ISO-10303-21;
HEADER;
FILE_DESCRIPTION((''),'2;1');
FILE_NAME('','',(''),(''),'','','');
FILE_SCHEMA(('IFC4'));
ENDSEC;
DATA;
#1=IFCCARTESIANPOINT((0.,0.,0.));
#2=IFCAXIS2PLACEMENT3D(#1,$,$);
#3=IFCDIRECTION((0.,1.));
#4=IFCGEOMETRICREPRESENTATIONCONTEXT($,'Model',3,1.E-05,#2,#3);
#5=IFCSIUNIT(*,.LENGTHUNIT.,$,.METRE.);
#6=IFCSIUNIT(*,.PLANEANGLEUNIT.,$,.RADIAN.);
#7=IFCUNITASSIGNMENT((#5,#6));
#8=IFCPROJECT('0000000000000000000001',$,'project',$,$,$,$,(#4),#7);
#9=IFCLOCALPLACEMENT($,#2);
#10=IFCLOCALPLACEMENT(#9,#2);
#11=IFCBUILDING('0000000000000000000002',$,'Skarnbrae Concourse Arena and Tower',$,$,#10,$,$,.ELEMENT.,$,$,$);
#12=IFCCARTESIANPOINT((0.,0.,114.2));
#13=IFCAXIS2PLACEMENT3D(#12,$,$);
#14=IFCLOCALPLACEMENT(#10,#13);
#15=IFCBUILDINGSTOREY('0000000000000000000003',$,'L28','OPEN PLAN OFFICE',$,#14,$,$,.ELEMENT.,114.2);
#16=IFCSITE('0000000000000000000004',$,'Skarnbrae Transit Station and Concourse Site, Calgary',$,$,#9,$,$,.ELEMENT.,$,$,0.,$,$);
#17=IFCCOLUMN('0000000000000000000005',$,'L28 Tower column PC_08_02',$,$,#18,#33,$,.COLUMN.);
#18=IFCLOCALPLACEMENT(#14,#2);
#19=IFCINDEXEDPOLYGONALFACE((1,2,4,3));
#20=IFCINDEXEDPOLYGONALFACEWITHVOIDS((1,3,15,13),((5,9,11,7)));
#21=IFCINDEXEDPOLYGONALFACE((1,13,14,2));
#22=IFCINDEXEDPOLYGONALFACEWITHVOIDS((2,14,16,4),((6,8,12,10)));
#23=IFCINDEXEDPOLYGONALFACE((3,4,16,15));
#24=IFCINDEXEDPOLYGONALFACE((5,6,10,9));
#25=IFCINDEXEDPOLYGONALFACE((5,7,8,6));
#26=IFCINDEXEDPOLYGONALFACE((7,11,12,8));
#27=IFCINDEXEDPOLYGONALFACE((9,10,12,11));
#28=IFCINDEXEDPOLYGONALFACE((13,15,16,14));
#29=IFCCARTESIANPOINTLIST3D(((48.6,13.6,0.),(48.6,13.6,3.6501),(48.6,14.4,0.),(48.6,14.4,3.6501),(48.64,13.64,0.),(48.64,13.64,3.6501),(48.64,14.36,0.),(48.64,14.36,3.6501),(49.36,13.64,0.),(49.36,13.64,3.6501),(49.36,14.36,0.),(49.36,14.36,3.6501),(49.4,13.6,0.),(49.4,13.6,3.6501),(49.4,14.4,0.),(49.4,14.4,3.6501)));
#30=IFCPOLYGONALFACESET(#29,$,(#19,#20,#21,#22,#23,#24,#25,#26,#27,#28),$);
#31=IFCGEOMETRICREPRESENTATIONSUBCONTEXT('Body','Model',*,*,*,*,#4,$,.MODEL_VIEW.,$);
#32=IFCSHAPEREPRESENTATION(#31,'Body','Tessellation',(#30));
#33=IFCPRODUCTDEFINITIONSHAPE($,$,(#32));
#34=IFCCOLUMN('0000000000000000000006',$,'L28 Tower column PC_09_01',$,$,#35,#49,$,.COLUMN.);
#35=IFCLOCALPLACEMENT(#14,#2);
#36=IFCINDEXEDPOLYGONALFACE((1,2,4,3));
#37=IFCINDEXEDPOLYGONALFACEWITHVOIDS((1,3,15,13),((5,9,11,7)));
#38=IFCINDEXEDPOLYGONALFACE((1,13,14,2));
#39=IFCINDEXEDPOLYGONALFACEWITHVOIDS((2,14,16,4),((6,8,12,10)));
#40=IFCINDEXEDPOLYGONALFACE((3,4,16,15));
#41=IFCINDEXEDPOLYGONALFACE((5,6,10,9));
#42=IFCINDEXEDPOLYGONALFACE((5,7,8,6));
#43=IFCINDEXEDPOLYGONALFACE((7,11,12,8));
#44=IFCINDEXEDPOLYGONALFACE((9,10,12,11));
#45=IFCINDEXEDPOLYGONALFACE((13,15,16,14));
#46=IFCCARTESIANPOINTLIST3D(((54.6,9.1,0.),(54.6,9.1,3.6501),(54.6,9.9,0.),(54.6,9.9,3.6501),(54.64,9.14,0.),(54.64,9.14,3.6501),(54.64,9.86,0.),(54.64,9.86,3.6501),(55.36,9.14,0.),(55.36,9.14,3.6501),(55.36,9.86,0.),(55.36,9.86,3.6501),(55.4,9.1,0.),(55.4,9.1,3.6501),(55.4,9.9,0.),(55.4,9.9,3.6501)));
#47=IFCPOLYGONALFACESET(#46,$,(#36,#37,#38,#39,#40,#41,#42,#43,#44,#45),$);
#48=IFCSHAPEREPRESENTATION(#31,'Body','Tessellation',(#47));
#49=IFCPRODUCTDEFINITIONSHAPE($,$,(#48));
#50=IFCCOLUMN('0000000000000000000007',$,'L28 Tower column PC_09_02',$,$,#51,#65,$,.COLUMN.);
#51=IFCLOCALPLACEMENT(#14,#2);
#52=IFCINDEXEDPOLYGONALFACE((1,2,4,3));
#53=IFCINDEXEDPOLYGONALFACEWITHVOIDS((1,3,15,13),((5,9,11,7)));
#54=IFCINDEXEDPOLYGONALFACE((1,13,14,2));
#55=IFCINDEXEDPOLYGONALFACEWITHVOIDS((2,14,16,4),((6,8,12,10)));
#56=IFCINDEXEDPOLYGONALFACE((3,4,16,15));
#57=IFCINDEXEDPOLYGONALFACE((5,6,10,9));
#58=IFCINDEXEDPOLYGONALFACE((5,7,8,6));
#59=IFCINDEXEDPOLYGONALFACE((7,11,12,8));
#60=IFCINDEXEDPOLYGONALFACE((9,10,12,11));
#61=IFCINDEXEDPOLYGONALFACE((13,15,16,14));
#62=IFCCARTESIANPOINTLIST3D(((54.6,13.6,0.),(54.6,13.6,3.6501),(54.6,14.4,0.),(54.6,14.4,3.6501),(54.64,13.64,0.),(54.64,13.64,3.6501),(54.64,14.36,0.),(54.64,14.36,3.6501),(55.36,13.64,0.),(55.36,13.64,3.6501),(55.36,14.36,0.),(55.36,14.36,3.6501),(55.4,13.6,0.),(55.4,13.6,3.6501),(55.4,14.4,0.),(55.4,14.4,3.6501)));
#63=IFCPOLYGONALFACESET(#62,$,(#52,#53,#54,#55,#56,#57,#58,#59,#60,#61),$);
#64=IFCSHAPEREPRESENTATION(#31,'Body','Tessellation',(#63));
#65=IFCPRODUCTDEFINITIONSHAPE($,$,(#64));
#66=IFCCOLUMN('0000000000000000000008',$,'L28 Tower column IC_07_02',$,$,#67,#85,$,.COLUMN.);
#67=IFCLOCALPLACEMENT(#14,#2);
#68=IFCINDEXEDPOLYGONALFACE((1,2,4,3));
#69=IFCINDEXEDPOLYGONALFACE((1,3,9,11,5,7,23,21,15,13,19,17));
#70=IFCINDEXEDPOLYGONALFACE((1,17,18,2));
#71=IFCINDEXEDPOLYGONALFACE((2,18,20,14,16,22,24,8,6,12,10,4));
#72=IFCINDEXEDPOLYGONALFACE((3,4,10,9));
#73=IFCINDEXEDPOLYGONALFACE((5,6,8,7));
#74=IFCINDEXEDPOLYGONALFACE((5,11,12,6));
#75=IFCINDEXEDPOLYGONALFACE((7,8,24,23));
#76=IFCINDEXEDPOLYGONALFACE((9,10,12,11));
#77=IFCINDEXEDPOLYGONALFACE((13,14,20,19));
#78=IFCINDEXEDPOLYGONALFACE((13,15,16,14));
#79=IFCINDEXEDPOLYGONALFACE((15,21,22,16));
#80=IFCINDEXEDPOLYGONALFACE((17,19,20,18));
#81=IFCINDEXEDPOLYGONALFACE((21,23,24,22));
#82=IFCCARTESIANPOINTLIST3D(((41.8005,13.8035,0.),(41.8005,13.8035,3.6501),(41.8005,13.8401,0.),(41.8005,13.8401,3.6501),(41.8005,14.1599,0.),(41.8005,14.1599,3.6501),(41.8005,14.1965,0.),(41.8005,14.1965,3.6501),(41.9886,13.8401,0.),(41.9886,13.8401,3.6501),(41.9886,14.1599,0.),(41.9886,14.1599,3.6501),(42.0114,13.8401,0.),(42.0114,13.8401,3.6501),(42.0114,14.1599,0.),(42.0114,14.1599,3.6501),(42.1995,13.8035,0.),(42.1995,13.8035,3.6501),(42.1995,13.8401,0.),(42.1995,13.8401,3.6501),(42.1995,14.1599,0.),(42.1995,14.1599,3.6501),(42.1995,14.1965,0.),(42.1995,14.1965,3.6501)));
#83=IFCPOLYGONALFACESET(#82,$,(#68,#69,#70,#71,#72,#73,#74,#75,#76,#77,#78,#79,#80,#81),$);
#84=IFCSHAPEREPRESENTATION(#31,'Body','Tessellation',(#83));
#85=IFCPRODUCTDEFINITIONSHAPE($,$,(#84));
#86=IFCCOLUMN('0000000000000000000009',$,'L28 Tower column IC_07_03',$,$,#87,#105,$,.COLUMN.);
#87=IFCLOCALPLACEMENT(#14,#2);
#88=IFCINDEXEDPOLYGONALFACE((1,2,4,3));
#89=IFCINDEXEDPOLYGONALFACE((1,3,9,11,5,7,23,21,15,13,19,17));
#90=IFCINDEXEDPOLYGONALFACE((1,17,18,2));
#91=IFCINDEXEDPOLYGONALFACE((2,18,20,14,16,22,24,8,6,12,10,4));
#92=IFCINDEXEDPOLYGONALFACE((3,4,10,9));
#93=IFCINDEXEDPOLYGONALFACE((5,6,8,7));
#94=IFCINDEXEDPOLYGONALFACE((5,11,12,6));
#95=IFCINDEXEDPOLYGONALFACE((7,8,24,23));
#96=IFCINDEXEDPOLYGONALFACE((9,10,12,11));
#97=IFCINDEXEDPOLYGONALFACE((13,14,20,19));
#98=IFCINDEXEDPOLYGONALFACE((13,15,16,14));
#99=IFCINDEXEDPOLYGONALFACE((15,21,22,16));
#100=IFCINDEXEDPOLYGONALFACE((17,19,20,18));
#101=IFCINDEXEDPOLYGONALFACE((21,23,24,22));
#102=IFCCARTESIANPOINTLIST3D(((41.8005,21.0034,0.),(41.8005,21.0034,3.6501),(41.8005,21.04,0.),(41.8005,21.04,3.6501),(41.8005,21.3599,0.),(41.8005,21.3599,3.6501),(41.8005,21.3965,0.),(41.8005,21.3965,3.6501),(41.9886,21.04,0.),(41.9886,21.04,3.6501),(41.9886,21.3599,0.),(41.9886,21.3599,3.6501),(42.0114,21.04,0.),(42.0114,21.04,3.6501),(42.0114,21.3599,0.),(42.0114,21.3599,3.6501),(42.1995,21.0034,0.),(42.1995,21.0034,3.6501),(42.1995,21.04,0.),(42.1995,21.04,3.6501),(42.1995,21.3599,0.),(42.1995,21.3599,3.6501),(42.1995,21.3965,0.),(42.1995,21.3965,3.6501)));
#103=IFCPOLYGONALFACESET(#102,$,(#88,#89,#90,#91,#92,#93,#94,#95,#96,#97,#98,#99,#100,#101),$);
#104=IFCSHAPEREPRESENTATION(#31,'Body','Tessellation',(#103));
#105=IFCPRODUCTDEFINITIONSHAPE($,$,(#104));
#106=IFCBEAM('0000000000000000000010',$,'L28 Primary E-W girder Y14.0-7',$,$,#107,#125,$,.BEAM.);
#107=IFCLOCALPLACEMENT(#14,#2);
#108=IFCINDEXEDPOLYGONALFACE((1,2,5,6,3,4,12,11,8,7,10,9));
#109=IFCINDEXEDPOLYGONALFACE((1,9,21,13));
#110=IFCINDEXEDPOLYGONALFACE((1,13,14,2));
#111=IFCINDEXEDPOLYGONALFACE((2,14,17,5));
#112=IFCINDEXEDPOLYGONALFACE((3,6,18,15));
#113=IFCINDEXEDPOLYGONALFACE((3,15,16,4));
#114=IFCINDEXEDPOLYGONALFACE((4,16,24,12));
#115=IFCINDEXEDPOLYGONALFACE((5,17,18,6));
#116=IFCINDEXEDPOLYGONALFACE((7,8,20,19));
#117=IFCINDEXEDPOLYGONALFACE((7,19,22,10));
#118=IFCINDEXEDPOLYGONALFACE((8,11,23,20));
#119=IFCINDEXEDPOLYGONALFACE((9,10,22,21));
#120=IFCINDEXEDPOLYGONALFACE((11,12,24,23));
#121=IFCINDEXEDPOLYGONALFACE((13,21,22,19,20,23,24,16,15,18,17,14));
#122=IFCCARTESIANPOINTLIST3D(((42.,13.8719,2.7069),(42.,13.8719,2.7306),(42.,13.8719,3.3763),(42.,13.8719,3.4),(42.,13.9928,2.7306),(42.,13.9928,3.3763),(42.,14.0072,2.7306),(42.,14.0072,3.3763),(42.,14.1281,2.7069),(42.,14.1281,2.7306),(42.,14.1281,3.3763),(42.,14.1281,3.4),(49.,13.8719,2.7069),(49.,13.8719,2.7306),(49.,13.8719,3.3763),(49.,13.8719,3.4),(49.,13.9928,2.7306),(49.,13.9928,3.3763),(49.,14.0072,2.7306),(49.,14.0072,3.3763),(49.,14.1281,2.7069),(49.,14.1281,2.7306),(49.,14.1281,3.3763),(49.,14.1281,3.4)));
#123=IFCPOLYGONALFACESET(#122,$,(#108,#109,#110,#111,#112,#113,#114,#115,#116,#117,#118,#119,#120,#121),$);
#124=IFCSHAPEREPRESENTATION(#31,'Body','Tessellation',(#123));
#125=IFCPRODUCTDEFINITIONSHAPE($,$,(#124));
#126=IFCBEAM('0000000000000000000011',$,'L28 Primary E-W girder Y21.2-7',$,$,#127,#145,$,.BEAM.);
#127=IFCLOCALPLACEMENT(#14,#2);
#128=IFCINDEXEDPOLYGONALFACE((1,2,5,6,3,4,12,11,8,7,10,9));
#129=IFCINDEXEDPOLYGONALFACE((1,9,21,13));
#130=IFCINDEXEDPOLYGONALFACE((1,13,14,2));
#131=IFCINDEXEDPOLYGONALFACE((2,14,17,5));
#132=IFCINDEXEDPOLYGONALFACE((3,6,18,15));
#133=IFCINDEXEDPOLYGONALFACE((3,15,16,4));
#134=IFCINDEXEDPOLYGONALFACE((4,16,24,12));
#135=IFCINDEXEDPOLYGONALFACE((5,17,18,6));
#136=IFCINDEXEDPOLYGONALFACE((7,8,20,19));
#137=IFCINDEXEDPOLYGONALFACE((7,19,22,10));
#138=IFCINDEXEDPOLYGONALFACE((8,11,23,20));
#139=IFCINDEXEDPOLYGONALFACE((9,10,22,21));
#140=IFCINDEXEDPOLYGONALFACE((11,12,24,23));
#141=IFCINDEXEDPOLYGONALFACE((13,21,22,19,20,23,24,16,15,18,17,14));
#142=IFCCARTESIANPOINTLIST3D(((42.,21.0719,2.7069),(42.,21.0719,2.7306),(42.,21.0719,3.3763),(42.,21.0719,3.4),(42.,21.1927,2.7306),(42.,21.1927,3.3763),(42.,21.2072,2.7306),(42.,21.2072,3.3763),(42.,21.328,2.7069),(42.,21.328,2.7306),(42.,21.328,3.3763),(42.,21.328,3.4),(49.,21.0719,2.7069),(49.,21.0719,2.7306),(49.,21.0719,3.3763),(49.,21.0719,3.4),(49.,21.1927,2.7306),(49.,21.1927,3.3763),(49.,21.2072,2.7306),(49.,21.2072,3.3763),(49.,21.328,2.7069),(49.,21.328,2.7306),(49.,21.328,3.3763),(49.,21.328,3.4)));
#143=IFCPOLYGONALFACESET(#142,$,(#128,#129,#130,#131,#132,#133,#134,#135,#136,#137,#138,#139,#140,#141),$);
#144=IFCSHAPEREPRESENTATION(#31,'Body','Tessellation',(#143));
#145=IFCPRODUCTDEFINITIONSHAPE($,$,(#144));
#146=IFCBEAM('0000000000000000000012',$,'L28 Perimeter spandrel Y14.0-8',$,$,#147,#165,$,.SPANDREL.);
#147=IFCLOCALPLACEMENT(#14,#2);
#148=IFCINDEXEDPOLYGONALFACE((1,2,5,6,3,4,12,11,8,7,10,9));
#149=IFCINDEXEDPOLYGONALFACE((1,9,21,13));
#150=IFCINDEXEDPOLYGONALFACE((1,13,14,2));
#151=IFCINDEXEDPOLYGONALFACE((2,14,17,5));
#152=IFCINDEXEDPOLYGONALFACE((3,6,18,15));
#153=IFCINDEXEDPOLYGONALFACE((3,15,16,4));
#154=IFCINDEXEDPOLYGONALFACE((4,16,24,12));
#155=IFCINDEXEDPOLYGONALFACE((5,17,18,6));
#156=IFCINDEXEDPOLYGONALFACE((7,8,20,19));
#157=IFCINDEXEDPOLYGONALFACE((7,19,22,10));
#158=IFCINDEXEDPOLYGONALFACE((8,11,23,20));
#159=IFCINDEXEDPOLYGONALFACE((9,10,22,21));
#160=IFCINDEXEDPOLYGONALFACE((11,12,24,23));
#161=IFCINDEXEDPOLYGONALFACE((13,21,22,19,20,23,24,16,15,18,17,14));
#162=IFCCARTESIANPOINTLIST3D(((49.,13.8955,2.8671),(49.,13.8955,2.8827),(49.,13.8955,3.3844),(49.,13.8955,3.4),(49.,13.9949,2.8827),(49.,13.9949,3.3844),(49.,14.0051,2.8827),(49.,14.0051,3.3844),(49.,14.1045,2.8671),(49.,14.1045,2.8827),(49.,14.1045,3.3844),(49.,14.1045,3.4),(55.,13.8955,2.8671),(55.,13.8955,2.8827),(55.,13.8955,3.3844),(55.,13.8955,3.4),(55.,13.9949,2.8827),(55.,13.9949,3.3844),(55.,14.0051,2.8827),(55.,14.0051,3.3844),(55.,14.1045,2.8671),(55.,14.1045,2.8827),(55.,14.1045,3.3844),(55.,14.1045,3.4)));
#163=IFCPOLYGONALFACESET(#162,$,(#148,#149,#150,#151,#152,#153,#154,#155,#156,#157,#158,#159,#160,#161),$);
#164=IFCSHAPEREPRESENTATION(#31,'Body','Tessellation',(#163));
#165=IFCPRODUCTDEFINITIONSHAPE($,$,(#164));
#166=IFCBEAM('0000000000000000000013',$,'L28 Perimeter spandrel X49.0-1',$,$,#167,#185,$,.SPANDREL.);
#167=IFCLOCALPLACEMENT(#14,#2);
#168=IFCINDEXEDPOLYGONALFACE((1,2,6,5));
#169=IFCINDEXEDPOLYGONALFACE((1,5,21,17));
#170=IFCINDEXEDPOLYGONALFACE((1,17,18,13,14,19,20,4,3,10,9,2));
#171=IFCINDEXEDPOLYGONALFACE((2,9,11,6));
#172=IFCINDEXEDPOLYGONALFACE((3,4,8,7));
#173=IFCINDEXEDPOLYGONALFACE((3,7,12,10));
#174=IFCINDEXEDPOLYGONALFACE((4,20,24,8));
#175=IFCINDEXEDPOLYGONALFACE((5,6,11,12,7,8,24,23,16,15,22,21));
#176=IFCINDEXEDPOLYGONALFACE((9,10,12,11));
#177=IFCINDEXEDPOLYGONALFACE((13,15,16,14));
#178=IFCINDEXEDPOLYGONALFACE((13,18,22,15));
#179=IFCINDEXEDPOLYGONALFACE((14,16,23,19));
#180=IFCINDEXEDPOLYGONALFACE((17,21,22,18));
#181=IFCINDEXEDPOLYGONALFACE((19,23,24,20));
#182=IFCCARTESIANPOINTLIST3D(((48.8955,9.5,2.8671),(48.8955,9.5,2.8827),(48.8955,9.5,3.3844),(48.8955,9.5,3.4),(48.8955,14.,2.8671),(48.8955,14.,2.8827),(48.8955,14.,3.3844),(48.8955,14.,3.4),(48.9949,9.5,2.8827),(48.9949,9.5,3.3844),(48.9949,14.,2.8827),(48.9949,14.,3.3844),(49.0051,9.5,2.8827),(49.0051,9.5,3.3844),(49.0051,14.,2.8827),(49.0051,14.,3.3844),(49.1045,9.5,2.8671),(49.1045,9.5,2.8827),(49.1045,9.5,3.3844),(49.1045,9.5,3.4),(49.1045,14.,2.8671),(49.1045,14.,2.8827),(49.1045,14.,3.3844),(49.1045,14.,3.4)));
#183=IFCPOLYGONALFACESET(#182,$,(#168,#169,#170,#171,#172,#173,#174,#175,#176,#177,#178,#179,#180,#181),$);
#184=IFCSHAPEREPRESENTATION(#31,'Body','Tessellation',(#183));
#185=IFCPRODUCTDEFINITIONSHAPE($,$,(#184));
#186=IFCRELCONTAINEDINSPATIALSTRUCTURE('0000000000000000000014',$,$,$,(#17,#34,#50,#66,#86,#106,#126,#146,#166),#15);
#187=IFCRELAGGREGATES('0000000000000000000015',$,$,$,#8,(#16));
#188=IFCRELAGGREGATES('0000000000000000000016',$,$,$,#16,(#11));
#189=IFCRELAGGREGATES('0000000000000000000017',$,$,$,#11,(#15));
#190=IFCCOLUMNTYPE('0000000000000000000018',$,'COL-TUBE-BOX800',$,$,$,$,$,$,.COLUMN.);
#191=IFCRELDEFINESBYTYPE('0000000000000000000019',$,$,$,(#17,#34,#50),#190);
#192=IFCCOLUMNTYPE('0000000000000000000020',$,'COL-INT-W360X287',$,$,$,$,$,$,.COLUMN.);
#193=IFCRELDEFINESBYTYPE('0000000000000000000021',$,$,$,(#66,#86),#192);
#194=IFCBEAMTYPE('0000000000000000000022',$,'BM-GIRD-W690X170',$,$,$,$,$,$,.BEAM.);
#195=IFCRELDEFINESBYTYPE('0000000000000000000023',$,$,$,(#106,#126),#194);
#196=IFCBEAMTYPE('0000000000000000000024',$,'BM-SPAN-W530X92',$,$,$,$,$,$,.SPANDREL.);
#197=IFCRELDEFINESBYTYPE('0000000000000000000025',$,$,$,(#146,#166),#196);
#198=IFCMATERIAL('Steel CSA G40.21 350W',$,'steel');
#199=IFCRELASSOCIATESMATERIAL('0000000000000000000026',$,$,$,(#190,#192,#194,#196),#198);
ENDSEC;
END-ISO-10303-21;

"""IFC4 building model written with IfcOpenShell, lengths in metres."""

from ifc_helpers import new_model, si_unit, direction, frame, origin, origin_2d, place, context, subcontext, project, spatial, hollow_rectangle, i_section, extrude, source, transform, mapped, material, material_profile, profile_set, type_object, element, save


model = new_model("IFC4")

# Units and contexts
model_context = context("Model", 3, precision=1e-05, world=origin(), true_north=direction((0.0, 1.0)))
body_context = subcontext(model_context, "Body", "Model", "MODEL_VIEW")
ifc_project = project(units=[si_unit("LENGTHUNIT", "METRE"), si_unit("PLANEANGLEUNIT", "RADIAN")], contexts=[model_context])

# Site, building, storey
site_placement = place(None, origin())
site = spatial("IfcSite", under=ifc_project, at=site_placement, Name="Skarnbrae Transit Station and Concourse Site, Calgary", CompositionType="ELEMENT", RefElevation=0.0)
building_placement = place(site_placement, origin())
building = spatial("IfcBuilding", under=site, at=building_placement, Name="Skarnbrae Concourse Arena and Tower", CompositionType="ELEMENT")
storey_placement = place(building_placement, frame((0.0, 0.0, 114.2)))
storey = spatial("IfcBuildingStorey", under=building, at=storey_placement, Name="L28", Description="OPEN PLAN OFFICE", CompositionType="ELEMENT", Elevation=114.2)

# Columns
ifc_material_1 = material(Name="Steel CSA G40.21 350W", Category="steel")
ifc_material_profile_1 = material_profile(ifc_material_1, hollow_rectangle(XDim=0.8, YDim=0.8, WallThickness=0.04, at=origin_2d()), Name="BOX800X800X40")
ifc_profile_set_1 = profile_set([ifc_material_profile_1], Name="Steel CSA G40.21 350W")
column_type_1 = type_object("IfcColumnType", Name="COL-TUBE-BOX800", PredefinedType="COLUMN", material=ifc_profile_set_1)
shared_shape_1 = source(origin(), body_context, "Body", "SweptSolid", [
    extrude(hollow_rectangle(XDim=0.8, YDim=0.8, WallThickness=0.04, at=origin_2d()), origin(), (0.0, 0.0, 1.0), 3.6501),
])
for number, where, z_axis, x_axis, name in (
    (1, (49.0, 14.0, 0.0), (0.0, 0.0, 1.0), (1.0, 0.0, 0.0), "L28 Tower column PC_08_02"),
    (2, (55.0, 9.5, 0.0), (0.0, 0.0, 1.0), (1.0, 0.0, 0.0), "L28 Tower column PC_09_01"),
    (3, (55.0, 14.0, 0.0), (0.0, 0.0, 1.0), (1.0, 0.0, 0.0), "L28 Tower column PC_09_02"),
):
    element("IfcColumn", number, at=place(storey_placement, frame(where, z_axis=z_axis, x_axis=x_axis)), inside=storey, type_object=column_type_1, Name=name, PredefinedType="COLUMN", context=body_context, shape_type="MappedRepresentation", body=[
        mapped(shared_shape_1, transform((0.0, 0.0, 0.0))),
    ])
ifc_material_profile_2 = material_profile(ifc_material_1, i_section(OverallWidth=0.3989, OverallDepth=0.3931, WebThickness=0.0227, FlangeThickness=0.0366, at=origin_2d()), Name="W360X287")
ifc_profile_set_2 = profile_set([ifc_material_profile_2], Name="Steel CSA G40.21 350W")
column_type_2 = type_object("IfcColumnType", Name="COL-INT-W360X287", PredefinedType="COLUMN", material=ifc_profile_set_2)
shared_shape_2 = source(origin(), body_context, "Body", "SweptSolid", [
    extrude(i_section(OverallWidth=0.3989, OverallDepth=0.3931, WebThickness=0.0227, FlangeThickness=0.0366, at=origin_2d()), origin(), (0.0, 0.0, 1.0), 3.6501),
])
for number, where, z_axis, x_axis, name in (
    (4, (42.0, 14.0, 0.0), (0.0, 0.0, 1.0), (1.0, 0.0, 0.0), "L28 Tower column IC_07_02"),
    (5, (42.0, 21.2, 0.0), (0.0, 0.0, 1.0), (1.0, 0.0, 0.0), "L28 Tower column IC_07_03"),
):
    element("IfcColumn", number, at=place(storey_placement, frame(where, z_axis=z_axis, x_axis=x_axis)), inside=storey, type_object=column_type_2, Name=name, PredefinedType="COLUMN", context=body_context, shape_type="MappedRepresentation", body=[
        mapped(shared_shape_2, transform((0.0, 0.0, 0.0))),
    ])

# Beams
ifc_material_profile_3 = material_profile(ifc_material_1, i_section(OverallWidth=0.2561, OverallDepth=0.6931, WebThickness=0.0144, FlangeThickness=0.0237, at=origin_2d()), Name="W690X170")
ifc_profile_set_3 = profile_set([ifc_material_profile_3], Name="Steel CSA G40.21 350W")
beam_type_1 = type_object("IfcBeamType", Name="BM-GIRD-W690X170", PredefinedType="BEAM", material=ifc_profile_set_3)
shared_shape_3 = source(origin(), body_context, "Body", "SweptSolid", [
    extrude(i_section(OverallWidth=0.2561, OverallDepth=0.6931, WebThickness=0.0144, FlangeThickness=0.0237, at=origin_2d()), origin(), (0.0, 0.0, 1.0), 7.0),
])
for number, where, z_axis, x_axis, name in (
    (6, (42.0, 14.0, 3.0535), (1.0, 0.0, 0.0), (0.0, 1.0, 0.0), "L28 Primary E-W girder Y14.0-7"),
    (7, (42.0, 21.2, 3.0535), (1.0, 0.0, 0.0), (0.0, 1.0, 0.0), "L28 Primary E-W girder Y21.2-7"),
):
    element("IfcBeam", number, at=place(storey_placement, frame(where, z_axis=z_axis, x_axis=x_axis)), inside=storey, type_object=beam_type_1, Name=name, PredefinedType="BEAM", context=body_context, shape_type="MappedRepresentation", body=[
        mapped(shared_shape_3, transform((0.0, 0.0, 0.0))),
    ])
ifc_material_profile_4 = material_profile(ifc_material_1, i_section(OverallWidth=0.209, OverallDepth=0.533, WebThickness=0.0103, FlangeThickness=0.0156, at=origin_2d()), Name="W530X92")
ifc_profile_set_4 = profile_set([ifc_material_profile_4], Name="Steel CSA G40.21 350W")
beam_type_2 = type_object("IfcBeamType", Name="BM-SPAN-W530X92", PredefinedType="SPANDREL", material=ifc_profile_set_4)
shared_shape_4 = source(origin(), body_context, "Body", "SweptSolid", [
    extrude(i_section(OverallWidth=0.209, OverallDepth=0.533, WebThickness=0.0103, FlangeThickness=0.0156, at=origin_2d()), origin(), (0.0, 0.0, 1.0), 6.0),
])
beam_1_placement = place(storey_placement, frame((49.0, 14.0, 3.1335), z_axis=(1.0, 0.0, 0.0), x_axis=(0.0, 1.0, 0.0)))
element("IfcBeam", 8, at=beam_1_placement, inside=storey, type_object=beam_type_2, Name="L28 Perimeter spandrel Y14.0-8", PredefinedType="SPANDREL", context=body_context, shape_type="MappedRepresentation", body=[
    mapped(shared_shape_4, transform((0.0, 0.0, 0.0))),
])
shared_shape_5 = source(origin(), body_context, "Body", "SweptSolid", [
    extrude(i_section(OverallWidth=0.209, OverallDepth=0.533, WebThickness=0.0103, FlangeThickness=0.0156, at=origin_2d()), origin(), (0.0, 0.0, 1.0), 4.5),
])
for number, where, z_axis, x_axis, name in (
    (9, (49.0, 9.5, 3.1335), (0.0, 1.0, 0.0), (-1.0, 0.0, 0.0), "L28 Perimeter spandrel X49.0-1"),
):
    element("IfcBeam", number, at=place(storey_placement, frame(where, z_axis=z_axis, x_axis=x_axis)), inside=storey, type_object=beam_type_2, Name=name, PredefinedType="SPANDREL", context=body_context, shape_type="MappedRepresentation", body=[
        mapped(shared_shape_5, transform((0.0, 0.0, 0.0))),
    ])

save(model, "model.ifc")
